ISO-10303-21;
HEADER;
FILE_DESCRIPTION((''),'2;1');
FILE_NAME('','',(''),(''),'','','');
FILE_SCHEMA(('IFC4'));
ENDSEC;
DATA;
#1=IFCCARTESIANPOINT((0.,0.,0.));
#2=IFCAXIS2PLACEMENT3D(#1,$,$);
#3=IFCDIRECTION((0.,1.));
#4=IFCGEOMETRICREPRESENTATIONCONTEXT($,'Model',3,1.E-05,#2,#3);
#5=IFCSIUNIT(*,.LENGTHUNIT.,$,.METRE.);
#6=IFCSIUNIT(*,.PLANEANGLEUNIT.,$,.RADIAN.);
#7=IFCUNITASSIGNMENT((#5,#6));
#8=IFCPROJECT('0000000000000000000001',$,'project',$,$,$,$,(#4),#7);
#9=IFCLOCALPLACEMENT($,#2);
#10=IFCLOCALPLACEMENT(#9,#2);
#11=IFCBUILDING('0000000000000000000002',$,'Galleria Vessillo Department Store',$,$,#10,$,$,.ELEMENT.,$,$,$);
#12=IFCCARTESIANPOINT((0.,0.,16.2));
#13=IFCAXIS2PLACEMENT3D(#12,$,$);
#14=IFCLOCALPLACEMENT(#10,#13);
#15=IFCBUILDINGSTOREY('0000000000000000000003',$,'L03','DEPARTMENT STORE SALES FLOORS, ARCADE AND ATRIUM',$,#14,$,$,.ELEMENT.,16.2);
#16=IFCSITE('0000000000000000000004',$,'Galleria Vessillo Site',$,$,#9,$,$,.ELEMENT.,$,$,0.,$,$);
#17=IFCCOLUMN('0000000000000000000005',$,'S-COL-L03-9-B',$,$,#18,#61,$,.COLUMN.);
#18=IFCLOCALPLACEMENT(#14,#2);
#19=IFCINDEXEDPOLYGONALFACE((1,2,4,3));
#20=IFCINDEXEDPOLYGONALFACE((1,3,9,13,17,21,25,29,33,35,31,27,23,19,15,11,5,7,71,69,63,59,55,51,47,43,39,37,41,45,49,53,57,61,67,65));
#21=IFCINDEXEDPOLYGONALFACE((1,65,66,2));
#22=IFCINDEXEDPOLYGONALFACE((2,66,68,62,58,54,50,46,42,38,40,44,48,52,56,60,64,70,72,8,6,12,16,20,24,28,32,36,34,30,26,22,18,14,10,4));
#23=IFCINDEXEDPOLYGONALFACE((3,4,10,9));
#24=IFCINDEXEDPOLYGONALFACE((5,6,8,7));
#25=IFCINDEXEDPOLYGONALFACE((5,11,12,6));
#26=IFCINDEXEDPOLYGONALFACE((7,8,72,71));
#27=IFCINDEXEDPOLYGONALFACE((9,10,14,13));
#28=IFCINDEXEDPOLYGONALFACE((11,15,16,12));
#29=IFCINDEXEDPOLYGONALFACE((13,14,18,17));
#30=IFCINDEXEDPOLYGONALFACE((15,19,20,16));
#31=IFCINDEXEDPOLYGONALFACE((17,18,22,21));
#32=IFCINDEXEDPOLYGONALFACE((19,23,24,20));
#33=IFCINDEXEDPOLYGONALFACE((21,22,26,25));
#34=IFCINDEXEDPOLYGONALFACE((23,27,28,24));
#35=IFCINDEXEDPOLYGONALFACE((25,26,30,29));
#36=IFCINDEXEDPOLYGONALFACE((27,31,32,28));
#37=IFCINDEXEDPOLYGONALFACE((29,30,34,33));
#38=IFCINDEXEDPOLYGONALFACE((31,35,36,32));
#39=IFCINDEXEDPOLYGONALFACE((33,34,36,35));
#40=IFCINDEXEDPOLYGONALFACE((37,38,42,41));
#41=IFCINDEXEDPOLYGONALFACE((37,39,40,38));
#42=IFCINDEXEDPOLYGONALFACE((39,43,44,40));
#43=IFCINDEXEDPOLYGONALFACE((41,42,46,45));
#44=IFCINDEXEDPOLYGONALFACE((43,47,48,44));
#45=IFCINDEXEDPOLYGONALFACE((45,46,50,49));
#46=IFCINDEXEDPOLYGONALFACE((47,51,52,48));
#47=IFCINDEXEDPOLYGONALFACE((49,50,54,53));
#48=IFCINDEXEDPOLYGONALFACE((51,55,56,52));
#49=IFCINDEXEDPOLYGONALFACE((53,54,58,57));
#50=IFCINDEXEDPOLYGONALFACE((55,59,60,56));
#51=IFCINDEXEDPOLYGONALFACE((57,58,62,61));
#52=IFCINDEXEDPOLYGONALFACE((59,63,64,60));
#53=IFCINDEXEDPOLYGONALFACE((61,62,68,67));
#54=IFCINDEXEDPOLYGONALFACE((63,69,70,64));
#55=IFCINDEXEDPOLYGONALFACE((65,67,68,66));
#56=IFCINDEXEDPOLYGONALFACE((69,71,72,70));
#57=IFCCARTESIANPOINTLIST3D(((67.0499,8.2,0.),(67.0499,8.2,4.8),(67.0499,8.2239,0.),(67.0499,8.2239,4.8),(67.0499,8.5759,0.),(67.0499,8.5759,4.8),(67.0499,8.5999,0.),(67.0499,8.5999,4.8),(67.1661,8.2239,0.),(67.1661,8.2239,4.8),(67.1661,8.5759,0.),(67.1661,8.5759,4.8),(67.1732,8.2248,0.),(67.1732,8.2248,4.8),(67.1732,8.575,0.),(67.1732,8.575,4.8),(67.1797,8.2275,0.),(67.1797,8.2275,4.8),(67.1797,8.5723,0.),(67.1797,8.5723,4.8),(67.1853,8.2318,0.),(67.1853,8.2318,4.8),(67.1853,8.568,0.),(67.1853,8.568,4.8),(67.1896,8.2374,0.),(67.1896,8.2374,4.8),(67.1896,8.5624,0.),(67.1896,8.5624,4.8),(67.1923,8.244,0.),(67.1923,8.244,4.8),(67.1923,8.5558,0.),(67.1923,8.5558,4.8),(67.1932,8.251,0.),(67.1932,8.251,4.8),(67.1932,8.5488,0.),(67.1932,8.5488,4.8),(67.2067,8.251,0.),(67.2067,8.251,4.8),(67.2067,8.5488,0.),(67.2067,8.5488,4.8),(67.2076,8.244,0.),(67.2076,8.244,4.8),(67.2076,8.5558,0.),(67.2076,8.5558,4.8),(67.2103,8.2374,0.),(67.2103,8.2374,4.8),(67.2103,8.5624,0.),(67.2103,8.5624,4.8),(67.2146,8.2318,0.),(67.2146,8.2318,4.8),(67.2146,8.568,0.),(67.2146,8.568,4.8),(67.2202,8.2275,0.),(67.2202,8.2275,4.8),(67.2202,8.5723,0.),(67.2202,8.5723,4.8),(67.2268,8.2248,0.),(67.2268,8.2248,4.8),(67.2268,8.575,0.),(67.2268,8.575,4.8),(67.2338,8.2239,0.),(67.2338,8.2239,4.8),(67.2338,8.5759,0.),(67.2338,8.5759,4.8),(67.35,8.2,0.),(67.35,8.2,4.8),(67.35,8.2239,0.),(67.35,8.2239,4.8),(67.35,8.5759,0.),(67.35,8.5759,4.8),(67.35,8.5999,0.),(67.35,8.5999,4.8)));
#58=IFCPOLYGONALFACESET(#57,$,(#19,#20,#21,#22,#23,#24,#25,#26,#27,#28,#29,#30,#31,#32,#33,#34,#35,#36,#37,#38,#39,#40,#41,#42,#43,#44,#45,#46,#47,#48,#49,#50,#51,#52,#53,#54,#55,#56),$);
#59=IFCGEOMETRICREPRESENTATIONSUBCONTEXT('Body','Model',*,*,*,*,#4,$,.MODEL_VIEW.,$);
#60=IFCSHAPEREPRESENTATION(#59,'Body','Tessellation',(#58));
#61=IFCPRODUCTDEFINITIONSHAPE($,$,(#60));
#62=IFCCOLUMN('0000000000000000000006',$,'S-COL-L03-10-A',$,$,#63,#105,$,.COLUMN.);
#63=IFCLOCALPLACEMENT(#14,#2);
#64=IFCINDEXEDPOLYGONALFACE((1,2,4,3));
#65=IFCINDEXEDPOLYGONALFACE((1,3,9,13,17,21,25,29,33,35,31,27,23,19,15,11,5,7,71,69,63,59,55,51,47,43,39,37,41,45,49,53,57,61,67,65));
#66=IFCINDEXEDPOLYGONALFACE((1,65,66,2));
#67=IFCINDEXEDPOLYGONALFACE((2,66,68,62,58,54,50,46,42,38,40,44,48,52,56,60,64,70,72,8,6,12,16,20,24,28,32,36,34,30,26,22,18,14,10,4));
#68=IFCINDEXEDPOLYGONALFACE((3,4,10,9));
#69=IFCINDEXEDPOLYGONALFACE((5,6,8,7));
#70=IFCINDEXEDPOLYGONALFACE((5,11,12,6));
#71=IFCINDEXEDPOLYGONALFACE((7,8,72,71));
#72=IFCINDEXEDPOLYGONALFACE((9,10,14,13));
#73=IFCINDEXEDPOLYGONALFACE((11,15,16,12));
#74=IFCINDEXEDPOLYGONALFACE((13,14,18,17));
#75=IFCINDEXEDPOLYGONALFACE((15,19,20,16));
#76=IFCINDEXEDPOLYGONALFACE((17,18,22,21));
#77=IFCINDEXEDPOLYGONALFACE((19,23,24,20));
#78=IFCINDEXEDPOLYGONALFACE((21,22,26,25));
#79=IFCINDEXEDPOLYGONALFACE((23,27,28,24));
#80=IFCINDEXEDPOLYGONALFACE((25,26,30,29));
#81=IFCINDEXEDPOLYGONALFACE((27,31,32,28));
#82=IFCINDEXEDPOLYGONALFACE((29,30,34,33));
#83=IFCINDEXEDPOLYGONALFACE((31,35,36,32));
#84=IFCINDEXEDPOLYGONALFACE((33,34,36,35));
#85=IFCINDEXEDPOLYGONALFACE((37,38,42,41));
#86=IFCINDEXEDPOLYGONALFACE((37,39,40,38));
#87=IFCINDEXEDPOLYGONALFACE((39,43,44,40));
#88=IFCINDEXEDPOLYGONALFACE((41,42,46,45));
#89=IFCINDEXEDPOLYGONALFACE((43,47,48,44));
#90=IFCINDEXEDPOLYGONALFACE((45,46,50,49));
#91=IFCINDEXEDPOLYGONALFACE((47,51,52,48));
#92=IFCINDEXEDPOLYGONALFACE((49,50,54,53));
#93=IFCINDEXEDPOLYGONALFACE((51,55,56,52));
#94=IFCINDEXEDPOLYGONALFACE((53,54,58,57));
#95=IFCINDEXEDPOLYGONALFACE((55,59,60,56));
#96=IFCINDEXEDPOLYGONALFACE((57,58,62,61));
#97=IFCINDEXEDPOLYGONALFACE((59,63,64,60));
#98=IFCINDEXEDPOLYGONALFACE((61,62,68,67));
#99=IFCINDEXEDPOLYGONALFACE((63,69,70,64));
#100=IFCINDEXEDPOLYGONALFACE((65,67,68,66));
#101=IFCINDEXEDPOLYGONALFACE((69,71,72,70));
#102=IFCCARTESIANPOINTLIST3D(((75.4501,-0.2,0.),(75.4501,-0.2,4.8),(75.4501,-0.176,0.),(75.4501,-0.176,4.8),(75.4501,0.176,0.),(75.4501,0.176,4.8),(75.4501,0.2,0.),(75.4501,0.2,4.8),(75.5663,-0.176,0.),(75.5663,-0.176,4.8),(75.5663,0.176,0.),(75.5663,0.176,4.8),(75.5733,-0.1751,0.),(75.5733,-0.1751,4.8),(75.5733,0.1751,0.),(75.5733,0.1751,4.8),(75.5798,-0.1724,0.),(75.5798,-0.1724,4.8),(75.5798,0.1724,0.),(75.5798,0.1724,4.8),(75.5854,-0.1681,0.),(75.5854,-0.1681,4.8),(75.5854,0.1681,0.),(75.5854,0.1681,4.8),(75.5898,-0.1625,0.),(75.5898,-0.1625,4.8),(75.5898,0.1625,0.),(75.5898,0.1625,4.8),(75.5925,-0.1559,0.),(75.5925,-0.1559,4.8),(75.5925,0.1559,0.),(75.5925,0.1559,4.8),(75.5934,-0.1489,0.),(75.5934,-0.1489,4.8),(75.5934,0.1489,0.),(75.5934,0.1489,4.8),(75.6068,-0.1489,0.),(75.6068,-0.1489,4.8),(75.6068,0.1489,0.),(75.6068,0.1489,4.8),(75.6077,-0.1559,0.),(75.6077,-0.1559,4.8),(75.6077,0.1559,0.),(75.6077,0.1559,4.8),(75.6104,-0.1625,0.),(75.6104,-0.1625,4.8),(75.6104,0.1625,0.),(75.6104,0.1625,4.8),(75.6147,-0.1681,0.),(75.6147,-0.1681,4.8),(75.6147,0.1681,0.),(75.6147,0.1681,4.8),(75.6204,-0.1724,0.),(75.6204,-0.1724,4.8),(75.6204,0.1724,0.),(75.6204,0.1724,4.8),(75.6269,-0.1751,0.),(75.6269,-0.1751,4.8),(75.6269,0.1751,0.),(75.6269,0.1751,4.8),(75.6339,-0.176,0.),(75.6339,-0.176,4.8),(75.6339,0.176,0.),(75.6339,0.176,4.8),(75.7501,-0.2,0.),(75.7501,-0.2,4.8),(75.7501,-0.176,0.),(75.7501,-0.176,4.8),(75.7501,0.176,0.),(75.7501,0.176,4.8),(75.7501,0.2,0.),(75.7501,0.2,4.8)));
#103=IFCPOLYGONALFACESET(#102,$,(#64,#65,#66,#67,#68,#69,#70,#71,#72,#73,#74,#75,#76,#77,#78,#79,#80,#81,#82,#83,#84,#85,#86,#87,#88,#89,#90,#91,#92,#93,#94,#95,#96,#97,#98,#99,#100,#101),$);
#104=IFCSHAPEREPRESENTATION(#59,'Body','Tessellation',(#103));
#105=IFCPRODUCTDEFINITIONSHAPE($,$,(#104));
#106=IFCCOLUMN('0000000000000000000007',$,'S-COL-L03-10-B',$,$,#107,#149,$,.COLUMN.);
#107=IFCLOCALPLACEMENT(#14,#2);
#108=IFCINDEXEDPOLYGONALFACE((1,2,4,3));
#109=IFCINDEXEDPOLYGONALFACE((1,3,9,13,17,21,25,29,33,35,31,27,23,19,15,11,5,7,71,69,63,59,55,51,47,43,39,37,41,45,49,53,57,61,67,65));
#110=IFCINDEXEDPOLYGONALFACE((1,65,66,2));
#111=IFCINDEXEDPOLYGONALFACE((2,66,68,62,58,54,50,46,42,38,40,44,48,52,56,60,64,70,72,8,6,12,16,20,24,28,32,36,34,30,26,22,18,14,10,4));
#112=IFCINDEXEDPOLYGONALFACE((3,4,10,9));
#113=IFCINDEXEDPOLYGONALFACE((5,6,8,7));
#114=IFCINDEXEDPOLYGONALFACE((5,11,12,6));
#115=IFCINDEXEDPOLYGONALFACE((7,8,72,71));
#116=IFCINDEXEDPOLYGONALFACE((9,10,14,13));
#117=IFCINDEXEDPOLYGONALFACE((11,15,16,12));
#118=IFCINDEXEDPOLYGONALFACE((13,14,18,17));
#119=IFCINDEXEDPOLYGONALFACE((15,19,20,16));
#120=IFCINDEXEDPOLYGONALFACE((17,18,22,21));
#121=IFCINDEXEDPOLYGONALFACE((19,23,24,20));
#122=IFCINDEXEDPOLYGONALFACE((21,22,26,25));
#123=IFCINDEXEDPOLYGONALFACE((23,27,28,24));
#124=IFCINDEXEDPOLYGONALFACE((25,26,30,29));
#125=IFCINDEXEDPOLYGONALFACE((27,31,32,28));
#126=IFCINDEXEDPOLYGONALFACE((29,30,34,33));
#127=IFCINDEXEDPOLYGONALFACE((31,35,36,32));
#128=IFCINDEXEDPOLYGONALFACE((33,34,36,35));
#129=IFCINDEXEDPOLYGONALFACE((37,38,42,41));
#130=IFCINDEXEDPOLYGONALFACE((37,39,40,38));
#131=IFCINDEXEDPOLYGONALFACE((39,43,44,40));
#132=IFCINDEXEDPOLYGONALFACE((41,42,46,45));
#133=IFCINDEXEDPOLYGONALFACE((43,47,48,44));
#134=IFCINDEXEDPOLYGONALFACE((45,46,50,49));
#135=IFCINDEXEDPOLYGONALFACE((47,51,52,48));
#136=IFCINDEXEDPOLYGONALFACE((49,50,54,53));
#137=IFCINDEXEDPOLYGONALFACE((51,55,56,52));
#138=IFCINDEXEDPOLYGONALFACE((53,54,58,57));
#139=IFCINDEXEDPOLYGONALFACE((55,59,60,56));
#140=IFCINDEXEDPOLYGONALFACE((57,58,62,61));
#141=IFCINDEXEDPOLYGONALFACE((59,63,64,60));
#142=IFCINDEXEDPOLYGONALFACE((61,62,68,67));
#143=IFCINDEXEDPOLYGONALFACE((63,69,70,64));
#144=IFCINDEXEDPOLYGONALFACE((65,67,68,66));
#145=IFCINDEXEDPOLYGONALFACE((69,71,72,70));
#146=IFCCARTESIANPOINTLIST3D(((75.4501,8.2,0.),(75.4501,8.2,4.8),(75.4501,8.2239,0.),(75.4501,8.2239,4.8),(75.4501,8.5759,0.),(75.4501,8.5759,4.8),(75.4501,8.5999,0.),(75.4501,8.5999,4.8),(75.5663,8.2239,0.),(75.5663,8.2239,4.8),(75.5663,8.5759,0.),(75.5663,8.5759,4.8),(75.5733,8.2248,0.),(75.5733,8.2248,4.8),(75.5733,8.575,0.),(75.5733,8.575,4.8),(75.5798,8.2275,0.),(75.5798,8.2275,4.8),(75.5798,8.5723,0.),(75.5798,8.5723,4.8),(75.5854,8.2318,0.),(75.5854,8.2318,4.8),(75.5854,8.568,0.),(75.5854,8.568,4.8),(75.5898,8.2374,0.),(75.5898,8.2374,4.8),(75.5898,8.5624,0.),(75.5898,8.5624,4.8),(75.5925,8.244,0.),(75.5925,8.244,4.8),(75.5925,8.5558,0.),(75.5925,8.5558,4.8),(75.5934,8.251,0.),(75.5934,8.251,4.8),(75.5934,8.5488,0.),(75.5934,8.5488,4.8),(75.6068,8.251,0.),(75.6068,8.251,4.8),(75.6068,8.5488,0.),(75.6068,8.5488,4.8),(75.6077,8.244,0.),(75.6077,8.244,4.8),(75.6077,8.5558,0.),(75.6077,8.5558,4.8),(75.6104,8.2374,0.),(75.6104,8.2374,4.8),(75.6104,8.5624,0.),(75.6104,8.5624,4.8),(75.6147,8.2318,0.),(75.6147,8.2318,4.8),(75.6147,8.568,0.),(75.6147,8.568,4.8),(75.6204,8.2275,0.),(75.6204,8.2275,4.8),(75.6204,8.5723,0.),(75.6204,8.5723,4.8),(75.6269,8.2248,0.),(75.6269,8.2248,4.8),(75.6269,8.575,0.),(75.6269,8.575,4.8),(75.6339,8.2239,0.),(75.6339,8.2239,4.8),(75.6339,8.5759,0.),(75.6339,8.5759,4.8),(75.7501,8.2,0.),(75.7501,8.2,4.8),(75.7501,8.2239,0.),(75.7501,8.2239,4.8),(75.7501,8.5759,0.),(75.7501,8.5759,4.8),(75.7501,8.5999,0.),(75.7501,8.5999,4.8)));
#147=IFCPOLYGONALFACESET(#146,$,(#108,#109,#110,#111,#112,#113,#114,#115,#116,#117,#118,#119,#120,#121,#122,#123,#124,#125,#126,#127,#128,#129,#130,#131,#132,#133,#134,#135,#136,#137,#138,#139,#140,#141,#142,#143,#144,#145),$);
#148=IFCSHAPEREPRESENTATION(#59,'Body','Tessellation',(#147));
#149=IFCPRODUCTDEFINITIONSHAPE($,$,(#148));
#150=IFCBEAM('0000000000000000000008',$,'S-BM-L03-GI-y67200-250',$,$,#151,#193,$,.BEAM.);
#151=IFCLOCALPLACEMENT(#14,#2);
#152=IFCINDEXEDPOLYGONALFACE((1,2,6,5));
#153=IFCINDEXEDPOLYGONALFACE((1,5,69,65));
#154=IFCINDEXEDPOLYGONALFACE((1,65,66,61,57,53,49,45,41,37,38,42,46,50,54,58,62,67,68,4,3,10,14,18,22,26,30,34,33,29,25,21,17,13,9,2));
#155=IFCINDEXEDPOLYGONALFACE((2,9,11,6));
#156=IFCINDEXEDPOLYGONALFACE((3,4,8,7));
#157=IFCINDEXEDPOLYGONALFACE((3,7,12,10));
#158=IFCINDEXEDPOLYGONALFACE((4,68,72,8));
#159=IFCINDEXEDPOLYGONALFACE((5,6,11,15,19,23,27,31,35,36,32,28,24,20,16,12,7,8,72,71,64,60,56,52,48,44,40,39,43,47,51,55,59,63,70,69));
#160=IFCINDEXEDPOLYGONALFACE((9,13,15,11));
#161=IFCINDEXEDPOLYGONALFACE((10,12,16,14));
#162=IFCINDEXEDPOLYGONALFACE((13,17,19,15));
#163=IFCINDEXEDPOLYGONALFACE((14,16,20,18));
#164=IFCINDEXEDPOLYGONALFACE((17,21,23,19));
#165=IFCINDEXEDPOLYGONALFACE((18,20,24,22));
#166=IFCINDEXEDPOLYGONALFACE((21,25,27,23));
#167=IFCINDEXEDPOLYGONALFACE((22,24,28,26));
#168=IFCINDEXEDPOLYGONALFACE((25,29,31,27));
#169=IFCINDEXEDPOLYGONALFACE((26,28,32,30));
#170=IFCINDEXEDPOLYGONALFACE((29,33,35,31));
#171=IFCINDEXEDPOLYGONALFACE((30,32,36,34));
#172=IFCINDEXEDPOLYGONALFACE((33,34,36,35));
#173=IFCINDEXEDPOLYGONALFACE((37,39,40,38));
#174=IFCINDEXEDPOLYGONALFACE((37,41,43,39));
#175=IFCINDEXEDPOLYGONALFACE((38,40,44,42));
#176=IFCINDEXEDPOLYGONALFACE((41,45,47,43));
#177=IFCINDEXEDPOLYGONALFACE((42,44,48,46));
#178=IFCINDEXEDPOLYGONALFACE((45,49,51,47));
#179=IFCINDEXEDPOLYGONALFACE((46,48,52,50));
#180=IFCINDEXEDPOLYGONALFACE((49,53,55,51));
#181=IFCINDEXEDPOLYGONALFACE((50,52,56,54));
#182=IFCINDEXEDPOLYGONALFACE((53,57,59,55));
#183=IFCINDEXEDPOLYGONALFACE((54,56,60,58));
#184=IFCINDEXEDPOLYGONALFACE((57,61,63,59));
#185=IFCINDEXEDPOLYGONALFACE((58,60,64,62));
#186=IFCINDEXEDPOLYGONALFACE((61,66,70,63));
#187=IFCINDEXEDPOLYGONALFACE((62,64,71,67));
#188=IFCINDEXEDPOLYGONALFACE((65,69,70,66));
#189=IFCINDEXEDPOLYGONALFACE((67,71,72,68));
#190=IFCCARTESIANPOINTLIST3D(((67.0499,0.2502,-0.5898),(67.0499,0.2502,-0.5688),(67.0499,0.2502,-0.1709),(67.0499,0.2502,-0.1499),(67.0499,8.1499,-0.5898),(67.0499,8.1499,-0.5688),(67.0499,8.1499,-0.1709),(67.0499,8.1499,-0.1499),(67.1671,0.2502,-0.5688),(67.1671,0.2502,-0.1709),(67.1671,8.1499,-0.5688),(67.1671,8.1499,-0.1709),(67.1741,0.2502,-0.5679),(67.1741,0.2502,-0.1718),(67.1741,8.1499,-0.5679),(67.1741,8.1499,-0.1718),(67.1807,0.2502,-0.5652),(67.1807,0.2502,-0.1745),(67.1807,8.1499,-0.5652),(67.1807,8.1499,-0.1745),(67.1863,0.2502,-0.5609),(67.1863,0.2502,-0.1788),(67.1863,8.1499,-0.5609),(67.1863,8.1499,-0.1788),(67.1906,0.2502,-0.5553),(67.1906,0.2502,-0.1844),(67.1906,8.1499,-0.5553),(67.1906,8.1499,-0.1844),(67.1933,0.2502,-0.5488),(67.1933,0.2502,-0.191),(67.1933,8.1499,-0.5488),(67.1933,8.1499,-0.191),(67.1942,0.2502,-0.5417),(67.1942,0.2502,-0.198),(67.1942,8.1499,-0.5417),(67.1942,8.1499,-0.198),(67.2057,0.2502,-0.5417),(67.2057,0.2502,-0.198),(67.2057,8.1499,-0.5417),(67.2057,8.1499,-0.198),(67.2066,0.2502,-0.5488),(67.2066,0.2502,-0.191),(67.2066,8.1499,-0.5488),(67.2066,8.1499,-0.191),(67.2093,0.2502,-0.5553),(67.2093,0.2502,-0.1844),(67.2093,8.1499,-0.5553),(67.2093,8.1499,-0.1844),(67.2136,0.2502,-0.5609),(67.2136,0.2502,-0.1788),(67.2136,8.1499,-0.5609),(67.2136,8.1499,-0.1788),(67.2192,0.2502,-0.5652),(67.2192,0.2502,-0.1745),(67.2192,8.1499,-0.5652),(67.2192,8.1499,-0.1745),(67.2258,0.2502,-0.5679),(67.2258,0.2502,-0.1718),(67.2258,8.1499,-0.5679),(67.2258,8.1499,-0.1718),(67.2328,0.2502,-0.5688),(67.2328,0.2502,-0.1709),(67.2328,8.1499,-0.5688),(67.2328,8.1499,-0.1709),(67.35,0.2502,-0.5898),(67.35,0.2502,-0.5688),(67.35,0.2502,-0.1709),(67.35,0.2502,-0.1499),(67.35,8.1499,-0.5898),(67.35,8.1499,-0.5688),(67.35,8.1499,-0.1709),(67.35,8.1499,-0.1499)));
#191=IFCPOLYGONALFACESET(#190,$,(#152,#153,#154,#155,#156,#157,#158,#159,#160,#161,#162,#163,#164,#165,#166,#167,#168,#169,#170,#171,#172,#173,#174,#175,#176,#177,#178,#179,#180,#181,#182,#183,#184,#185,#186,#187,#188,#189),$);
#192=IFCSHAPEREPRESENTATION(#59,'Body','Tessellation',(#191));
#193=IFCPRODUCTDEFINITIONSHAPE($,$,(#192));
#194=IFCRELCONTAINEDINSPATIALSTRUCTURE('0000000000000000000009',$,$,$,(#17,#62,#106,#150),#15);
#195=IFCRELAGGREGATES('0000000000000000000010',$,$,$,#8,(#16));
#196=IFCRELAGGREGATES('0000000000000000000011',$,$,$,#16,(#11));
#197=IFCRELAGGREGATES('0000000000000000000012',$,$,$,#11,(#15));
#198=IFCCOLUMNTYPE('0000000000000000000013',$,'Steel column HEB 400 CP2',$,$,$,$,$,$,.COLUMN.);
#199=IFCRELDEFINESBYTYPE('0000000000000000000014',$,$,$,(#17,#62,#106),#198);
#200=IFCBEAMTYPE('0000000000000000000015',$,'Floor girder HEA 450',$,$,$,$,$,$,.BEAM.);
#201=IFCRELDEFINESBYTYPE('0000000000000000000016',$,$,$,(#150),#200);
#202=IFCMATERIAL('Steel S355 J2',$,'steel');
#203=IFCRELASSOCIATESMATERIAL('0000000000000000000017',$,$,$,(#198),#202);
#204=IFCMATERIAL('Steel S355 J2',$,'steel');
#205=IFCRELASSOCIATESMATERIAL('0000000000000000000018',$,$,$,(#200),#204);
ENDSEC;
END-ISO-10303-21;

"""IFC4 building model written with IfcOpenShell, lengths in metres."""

from ifc_helpers import new_model, si_unit, direction, frame, origin, origin_2d, place, context, subcontext, project, spatial, i_section, extrude, material, material_profile, profile_set, type_object, element, save


model = new_model("IFC4")

# Units and contexts
model_context = context("Model", 3, precision=1e-05, world=origin(), true_north=direction((0.0, 1.0)))
body_context = subcontext(model_context, "Body", "Model", "MODEL_VIEW")
ifc_project = project(units=[si_unit("LENGTHUNIT", "METRE"), si_unit("PLANEANGLEUNIT", "RADIAN")], contexts=[model_context])

# Site, building, storey
site_placement = place(None, origin())
site = spatial("IfcSite", under=ifc_project, at=site_placement, Name="Galleria Vessillo Site", CompositionType="ELEMENT", RefElevation=0.0)
building_placement = place(site_placement, origin())
building = spatial("IfcBuilding", under=site, at=building_placement, Name="Galleria Vessillo Department Store", CompositionType="ELEMENT")
storey_placement = place(building_placement, frame((0.0, 0.0, 16.2)))
storey = spatial("IfcBuildingStorey", under=building, at=storey_placement, Name="L03", Description="DEPARTMENT STORE SALES FLOORS, ARCADE AND ATRIUM", CompositionType="ELEMENT", Elevation=16.2)

# Columns
ifc_material_1 = material(Name="Steel S355 J2", Category="steel")
ifc_material_profile_1 = material_profile(ifc_material_1, i_section(OverallWidth=0.3, OverallDepth=0.3999, WebThickness=0.0134, FlangeThickness=0.0239, FilletRadius=0.0271, at=origin_2d()), Name="HEB 400")
ifc_profile_set_1 = profile_set([ifc_material_profile_1], Name="Steel S355 J2")
column_type = type_object("IfcColumnType", Name="Steel column HEB 400 CP2", PredefinedType="COLUMN", material=ifc_profile_set_1)
for number, where, z_axis, x_axis, name in (
    (1, (67.2, 8.3999, 0.0), (0.0, 0.0, 1.0), (1.0, 0.0, 0.0), "S-COL-L03-9-B"),
    (2, (75.6001, 0.0, 0.0), (0.0, 0.0, 1.0), (1.0, 0.0, 0.0), "S-COL-L03-10-A"),
    (3, (75.6001, 8.3999, 0.0), (0.0, 0.0, 1.0), (1.0, 0.0, 0.0), "S-COL-L03-10-B"),
):
    element("IfcColumn", number, at=place(storey_placement, frame(where, z_axis=z_axis, x_axis=x_axis)), inside=storey, type_object=column_type, Name=name, PredefinedType="COLUMN", context=body_context, shape_type="SweptSolid", body=[
        extrude(i_section(OverallWidth=0.3, OverallDepth=0.3999, WebThickness=0.0134, FlangeThickness=0.0239, FilletRadius=0.0271, at=origin_2d()), origin(), (0.0, 0.0, 1.0), 4.8),
    ])

# Beam
ifc_material_2 = material(Name="Steel S355 J2", Category="steel")
ifc_material_profile_2 = material_profile(ifc_material_2, i_section(OverallWidth=0.3, OverallDepth=0.4399, WebThickness=0.0115, FlangeThickness=0.021, FilletRadius=0.0271, at=origin_2d()), Name="HEA 450")
ifc_profile_set_2 = profile_set([ifc_material_profile_2], Name="Steel S355 J2")
beam_type_1 = type_object("IfcBeamType", Name="Floor girder HEA 450", PredefinedType="BEAM", material=ifc_profile_set_2)
for number, where, z_axis, x_axis, name in (
    (4, (67.2, 0.2502, -0.3699), (0.0, 1.0, 0.0), (-1.0, 0.0, 0.0), "S-BM-L03-GI-y67200-250"),
):
    element("IfcBeam", number, at=place(storey_placement, frame(where, z_axis=z_axis, x_axis=x_axis)), inside=storey, type_object=beam_type_1, Name=name, PredefinedType="BEAM", context=body_context, shape_type="SweptSolid", body=[
        extrude(i_section(OverallWidth=0.3, OverallDepth=0.4399, WebThickness=0.0115, FlangeThickness=0.021, FilletRadius=0.0271, at=origin_2d()), origin(), (0.0, 0.0, 1.0), 7.8997),
    ])

save(model, "model.ifc")
